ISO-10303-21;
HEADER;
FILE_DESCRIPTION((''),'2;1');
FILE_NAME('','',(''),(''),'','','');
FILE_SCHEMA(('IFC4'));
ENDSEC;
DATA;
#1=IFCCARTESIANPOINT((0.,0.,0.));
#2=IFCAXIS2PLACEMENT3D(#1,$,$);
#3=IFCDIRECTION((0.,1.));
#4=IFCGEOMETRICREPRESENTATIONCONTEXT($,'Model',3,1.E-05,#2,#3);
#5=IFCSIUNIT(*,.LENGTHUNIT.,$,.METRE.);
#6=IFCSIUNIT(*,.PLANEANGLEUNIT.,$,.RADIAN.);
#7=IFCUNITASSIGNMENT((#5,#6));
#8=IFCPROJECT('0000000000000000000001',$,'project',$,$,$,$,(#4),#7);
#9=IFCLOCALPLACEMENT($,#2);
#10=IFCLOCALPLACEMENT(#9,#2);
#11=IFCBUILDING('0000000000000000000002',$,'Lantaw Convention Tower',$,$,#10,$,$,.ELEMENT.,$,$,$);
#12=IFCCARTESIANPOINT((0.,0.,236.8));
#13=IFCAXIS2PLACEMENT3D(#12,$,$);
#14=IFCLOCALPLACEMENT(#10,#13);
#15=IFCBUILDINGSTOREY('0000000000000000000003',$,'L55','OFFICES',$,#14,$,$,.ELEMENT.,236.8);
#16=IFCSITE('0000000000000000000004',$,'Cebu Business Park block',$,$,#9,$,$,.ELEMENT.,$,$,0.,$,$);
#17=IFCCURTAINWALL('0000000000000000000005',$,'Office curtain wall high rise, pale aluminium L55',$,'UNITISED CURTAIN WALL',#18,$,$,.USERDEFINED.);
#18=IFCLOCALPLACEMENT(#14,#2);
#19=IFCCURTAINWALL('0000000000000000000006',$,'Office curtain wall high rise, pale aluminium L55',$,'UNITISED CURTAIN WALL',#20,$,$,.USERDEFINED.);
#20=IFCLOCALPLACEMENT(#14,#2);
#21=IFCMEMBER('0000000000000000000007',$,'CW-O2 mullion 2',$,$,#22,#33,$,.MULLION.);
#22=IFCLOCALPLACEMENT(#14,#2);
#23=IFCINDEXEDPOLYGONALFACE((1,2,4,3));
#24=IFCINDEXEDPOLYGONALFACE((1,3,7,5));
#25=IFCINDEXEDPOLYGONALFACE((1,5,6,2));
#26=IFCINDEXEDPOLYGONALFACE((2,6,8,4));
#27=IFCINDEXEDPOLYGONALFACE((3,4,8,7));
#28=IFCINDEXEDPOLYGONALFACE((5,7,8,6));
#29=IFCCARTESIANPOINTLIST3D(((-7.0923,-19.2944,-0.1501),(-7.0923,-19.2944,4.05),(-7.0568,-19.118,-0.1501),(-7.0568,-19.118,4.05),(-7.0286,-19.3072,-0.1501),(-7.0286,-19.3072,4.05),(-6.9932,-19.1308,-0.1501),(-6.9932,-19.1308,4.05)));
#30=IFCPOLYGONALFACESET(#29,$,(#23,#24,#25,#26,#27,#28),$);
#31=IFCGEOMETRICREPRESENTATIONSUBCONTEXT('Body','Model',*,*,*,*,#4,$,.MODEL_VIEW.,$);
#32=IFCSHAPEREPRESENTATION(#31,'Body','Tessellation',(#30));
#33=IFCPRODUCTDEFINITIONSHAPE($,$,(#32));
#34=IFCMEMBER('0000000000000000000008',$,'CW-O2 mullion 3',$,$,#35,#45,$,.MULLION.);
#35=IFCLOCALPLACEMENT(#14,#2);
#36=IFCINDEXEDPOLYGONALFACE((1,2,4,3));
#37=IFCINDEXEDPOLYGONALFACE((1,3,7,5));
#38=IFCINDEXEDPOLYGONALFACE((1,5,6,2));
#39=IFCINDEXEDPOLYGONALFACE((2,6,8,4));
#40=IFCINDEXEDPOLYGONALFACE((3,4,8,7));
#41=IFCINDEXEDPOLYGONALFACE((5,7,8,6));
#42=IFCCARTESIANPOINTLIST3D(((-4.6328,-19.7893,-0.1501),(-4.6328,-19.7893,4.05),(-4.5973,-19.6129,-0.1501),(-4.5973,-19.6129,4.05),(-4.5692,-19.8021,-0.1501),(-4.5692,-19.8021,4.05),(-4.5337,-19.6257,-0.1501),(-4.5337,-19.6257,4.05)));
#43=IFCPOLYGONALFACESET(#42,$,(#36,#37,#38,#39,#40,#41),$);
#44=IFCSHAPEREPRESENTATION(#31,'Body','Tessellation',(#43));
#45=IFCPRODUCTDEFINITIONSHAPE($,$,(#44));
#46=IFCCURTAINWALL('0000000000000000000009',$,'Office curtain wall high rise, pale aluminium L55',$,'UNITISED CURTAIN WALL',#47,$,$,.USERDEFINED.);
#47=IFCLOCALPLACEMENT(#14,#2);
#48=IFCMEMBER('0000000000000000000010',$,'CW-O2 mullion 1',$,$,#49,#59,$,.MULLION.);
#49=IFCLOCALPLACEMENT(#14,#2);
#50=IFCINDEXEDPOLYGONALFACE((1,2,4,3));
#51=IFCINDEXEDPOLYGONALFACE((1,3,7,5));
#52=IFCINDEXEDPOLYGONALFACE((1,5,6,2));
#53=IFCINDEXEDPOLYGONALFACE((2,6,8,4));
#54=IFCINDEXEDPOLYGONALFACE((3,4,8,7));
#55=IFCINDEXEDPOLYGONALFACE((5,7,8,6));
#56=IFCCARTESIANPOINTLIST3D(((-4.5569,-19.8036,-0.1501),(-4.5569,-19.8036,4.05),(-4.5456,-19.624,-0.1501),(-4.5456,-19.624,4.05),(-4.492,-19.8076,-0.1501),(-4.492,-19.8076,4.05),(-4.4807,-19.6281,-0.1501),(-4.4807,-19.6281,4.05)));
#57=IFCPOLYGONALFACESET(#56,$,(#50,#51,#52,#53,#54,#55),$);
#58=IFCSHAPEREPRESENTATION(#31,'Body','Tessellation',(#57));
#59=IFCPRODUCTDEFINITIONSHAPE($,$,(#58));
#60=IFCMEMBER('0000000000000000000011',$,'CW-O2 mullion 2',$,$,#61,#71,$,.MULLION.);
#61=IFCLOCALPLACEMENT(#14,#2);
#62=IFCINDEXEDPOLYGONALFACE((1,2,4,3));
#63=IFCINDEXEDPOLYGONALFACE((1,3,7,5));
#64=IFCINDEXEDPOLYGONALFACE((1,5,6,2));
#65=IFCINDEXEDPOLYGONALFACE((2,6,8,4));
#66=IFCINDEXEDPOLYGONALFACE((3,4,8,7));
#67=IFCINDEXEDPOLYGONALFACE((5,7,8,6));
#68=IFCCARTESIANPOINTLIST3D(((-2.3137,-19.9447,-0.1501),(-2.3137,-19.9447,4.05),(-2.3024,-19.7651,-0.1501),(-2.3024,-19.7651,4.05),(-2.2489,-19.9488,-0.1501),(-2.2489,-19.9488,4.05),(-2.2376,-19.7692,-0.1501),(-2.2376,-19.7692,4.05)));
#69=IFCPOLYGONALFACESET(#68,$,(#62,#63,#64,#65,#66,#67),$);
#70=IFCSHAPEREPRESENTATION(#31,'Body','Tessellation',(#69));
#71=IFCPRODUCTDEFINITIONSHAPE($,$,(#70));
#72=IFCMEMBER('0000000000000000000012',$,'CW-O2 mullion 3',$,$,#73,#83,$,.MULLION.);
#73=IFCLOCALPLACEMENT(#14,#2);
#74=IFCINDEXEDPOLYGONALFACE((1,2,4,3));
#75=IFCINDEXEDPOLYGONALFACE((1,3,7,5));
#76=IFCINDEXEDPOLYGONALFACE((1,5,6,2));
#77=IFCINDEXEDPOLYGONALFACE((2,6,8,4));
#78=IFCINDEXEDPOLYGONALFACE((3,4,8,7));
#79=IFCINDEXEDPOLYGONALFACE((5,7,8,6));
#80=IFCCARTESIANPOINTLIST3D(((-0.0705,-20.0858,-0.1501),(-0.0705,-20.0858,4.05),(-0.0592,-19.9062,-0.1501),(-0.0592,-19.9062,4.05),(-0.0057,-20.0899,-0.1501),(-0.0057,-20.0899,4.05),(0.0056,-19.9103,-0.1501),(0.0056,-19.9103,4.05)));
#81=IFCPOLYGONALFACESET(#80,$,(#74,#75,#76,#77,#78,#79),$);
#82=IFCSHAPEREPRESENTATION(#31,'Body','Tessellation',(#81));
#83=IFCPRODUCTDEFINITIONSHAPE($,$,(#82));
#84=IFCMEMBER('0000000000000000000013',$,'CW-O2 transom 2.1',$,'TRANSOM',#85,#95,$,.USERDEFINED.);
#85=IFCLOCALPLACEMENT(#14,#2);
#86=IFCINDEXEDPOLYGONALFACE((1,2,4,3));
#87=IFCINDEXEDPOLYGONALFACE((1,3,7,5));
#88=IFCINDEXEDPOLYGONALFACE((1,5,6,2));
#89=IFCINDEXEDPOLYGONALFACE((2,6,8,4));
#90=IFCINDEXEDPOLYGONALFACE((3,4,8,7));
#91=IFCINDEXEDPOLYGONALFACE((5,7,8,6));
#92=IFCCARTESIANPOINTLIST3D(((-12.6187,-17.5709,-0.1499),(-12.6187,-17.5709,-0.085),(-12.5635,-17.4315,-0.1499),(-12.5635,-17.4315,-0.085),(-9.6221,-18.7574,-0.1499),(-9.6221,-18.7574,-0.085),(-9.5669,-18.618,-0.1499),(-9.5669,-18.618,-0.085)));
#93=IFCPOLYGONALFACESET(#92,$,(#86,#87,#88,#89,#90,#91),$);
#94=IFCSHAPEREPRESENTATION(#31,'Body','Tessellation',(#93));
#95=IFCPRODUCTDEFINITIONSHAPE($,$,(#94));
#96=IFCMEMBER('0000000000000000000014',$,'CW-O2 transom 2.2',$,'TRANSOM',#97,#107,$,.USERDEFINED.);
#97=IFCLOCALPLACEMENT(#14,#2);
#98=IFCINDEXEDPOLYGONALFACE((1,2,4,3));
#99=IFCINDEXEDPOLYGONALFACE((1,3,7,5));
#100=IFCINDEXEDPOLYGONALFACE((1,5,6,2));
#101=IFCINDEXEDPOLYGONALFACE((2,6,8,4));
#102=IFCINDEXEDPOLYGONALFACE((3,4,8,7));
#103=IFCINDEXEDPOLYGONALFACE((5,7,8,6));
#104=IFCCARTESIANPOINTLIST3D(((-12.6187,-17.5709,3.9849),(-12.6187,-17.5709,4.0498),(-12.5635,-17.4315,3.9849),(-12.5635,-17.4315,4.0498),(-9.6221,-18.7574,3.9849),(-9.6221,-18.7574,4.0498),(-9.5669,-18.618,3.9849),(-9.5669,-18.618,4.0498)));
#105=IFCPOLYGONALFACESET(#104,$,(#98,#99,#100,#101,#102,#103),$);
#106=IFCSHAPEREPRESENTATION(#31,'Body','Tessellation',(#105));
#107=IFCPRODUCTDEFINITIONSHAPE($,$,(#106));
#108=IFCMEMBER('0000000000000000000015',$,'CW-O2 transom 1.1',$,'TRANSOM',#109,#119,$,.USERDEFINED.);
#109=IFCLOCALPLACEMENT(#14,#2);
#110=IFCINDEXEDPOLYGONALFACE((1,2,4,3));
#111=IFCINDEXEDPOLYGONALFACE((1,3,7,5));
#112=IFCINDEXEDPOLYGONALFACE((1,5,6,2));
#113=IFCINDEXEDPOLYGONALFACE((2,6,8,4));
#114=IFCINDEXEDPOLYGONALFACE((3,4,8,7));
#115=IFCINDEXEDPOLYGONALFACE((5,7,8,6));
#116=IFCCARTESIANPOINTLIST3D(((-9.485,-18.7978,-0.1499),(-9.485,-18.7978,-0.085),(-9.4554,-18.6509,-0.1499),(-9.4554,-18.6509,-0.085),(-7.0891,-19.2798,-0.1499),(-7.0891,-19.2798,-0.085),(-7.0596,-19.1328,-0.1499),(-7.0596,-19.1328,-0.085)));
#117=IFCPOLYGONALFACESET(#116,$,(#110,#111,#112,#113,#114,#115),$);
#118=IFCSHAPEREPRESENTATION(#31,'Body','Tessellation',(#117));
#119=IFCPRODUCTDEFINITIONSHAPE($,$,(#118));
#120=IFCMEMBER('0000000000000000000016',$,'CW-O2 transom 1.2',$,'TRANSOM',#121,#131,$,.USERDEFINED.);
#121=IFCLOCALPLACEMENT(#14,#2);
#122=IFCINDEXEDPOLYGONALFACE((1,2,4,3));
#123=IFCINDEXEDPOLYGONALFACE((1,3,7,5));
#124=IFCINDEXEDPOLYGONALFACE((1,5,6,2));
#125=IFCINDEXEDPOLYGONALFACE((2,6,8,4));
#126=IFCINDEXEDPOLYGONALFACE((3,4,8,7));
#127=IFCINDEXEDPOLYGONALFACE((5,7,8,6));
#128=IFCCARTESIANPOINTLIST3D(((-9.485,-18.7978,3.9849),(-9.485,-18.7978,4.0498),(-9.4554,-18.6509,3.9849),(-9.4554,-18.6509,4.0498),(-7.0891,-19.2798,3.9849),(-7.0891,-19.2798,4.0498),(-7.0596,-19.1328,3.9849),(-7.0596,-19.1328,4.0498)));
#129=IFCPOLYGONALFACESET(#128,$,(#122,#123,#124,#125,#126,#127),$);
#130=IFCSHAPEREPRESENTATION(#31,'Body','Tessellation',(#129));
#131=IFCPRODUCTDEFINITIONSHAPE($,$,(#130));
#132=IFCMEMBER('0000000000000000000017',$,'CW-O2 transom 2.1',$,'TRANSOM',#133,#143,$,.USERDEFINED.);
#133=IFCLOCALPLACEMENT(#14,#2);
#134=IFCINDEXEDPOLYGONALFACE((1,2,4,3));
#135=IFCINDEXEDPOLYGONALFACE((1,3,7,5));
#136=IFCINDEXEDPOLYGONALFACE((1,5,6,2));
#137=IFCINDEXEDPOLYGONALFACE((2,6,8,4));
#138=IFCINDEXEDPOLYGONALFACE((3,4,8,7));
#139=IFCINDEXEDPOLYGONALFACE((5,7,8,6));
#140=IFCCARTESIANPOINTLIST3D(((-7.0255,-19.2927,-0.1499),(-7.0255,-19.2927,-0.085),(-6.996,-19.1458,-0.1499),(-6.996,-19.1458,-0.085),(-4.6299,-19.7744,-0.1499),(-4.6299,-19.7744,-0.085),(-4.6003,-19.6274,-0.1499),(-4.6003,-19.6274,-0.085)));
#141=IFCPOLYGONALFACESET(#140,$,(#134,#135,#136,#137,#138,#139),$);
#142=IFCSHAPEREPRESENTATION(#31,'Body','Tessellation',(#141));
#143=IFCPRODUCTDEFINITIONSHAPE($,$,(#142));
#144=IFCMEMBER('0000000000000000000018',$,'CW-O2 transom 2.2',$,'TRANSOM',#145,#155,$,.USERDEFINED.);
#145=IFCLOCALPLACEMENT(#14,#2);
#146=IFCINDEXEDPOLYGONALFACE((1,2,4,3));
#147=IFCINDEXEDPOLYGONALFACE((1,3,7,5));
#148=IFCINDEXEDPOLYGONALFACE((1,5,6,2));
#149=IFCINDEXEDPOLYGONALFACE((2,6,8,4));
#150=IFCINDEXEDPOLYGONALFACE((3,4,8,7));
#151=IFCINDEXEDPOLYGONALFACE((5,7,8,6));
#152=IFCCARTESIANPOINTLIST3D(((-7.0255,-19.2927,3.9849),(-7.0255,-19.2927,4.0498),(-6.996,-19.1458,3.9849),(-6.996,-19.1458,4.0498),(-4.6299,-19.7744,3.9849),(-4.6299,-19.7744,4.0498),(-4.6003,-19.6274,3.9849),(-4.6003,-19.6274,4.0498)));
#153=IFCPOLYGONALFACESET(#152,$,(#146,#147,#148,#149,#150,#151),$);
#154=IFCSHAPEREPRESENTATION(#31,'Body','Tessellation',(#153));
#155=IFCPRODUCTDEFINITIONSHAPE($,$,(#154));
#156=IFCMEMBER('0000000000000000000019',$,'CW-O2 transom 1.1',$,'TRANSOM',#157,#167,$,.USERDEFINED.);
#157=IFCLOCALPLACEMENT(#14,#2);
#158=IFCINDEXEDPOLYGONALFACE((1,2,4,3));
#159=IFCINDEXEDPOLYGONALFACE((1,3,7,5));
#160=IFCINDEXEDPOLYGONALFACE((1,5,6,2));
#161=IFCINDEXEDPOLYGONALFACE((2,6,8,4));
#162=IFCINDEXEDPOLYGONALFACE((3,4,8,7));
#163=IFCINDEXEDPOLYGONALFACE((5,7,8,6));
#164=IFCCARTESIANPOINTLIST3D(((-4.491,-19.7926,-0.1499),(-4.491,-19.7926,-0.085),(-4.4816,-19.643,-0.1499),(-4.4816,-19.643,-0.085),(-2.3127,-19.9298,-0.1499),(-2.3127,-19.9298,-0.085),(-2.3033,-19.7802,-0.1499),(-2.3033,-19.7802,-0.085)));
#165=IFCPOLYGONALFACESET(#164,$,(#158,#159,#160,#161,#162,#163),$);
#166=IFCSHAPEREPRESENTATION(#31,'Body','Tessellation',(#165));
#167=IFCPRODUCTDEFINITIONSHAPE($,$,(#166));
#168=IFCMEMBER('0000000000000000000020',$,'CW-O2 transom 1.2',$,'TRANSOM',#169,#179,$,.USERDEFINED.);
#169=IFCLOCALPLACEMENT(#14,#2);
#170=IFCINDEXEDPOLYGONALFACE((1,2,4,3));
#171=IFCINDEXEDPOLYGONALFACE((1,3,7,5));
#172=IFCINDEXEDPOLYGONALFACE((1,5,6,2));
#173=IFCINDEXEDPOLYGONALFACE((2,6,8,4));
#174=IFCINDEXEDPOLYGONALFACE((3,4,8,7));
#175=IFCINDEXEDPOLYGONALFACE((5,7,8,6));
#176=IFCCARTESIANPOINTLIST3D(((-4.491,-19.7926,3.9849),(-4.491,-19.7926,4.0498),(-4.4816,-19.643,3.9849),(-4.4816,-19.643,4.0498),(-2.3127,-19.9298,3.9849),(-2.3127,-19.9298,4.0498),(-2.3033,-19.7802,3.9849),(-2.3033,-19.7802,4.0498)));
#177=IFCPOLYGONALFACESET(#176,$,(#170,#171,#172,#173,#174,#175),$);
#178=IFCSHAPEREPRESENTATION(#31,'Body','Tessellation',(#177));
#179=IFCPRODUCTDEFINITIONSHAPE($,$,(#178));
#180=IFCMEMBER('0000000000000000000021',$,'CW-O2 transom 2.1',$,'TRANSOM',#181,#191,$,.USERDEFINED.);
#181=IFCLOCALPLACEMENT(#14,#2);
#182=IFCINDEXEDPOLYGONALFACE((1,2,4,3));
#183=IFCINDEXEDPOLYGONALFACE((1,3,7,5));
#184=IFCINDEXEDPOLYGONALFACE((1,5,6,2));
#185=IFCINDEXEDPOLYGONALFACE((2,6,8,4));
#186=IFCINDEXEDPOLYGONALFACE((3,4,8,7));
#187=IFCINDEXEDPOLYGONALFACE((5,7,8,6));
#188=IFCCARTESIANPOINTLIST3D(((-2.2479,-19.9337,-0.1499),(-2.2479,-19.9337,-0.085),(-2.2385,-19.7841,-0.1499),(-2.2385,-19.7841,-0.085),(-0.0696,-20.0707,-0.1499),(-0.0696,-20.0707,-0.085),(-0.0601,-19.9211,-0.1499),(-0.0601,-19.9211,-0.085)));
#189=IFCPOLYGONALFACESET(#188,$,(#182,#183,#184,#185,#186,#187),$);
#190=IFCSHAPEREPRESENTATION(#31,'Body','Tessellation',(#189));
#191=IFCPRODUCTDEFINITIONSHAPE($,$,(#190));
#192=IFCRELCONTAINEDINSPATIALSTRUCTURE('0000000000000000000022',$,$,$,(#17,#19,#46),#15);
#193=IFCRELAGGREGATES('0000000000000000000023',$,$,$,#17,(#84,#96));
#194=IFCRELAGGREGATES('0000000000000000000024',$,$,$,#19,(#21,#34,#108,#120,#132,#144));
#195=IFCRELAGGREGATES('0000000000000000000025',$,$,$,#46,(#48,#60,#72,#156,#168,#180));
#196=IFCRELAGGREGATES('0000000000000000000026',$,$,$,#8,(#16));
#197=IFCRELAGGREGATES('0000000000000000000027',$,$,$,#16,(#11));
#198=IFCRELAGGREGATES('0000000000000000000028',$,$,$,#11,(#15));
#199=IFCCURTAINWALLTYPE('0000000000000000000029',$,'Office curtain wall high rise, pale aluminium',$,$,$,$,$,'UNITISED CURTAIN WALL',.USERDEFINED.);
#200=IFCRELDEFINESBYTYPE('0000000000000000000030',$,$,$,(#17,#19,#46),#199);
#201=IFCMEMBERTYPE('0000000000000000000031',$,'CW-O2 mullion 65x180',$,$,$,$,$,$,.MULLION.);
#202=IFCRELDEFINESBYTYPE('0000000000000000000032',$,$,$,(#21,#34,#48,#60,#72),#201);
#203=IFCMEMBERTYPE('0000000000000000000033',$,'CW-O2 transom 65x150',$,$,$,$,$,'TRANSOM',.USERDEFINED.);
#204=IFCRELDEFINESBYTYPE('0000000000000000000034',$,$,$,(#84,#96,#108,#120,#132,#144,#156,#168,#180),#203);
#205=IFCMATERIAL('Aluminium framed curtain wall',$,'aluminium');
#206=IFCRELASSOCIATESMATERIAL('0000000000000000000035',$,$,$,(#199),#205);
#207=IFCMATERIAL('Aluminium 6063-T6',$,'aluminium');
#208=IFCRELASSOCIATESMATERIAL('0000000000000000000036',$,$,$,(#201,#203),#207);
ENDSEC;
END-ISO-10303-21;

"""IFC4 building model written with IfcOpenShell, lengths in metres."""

from ifc_helpers import new_model, si_unit, direction, frame, origin, origin_2d, place, context, subcontext, project, spatial, rectangle, extrude, material, material_profile, profile_set, type_object, element, aggregate, save


model = new_model("IFC4")

# Units and contexts
model_context = context("Model", 3, precision=1e-05, world=origin(), true_north=direction((0.0, 1.0)))
body_context = subcontext(model_context, "Body", "Model", "MODEL_VIEW")
ifc_project = project(units=[si_unit("LENGTHUNIT", "METRE"), si_unit("PLANEANGLEUNIT", "RADIAN")], contexts=[model_context])

# Site, building, storey
site_placement = place(None, origin())
site = spatial("IfcSite", under=ifc_project, at=site_placement, Name="Cebu Business Park block", CompositionType="ELEMENT", RefElevation=0.0)
building_placement = place(site_placement, origin())
building = spatial("IfcBuilding", under=site, at=building_placement, Name="Lantaw Convention Tower", CompositionType="ELEMENT")
storey_placement = place(building_placement, frame((0.0, 0.0, 236.8)))
storey = spatial("IfcBuildingStorey", under=building, at=storey_placement, Name="L55", Description="OFFICES", CompositionType="ELEMENT", Elevation=236.8)

# Curtain walls, members
ifc_material_1 = material(Name="Aluminium framed curtain wall", Category="aluminium")
curtain_wall_type = type_object("IfcCurtainWallType", Name="Office curtain wall high rise, pale aluminium", ElementType="UNITISED CURTAIN WALL", PredefinedType="USERDEFINED", material=ifc_material_1)
curtain_wall_1_placement = place(storey_placement, origin())
curtain_wall_1 = element("IfcCurtainWall", 1, at=curtain_wall_1_placement, inside=storey, type_object=curtain_wall_type, Name="Office curtain wall high rise, pale aluminium L55", ObjectType="UNITISED CURTAIN WALL", PredefinedType="USERDEFINED")
ifc_material_2 = material(Name="Aluminium 6063-T6", Category="aluminium")
ifc_material_profile_1 = material_profile(ifc_material_2, rectangle(XDim=0.1799, YDim=0.0649, at=origin_2d()), Name="CW-O2 mullion 65x180")
ifc_profile_set_1 = profile_set([ifc_material_profile_1], Name="Aluminium 6063-T6")
member_type_1 = type_object("IfcMemberType", Name="CW-O2 mullion 65x180", PredefinedType="MULLION", material=ifc_profile_set_1)
curtain_wall_2_placement = place(storey_placement, origin())
curtain_wall_2 = element("IfcCurtainWall", 2, at=curtain_wall_2_placement, inside=storey, type_object=curtain_wall_type, Name="Office curtain wall high rise, pale aluminium L55", ObjectType="UNITISED CURTAIN WALL", PredefinedType="USERDEFINED")
member_1_placement = place(storey_placement, frame((-7.0427, -19.2126, -0.1501), z_axis=(0.0, 0.0, 1.0), x_axis=(0.197183, 0.980367, 0.0)))
member_1 = element("IfcMember", 3, at=member_1_placement, type_object=member_type_1, Name="CW-O2 mullion 2", PredefinedType="MULLION", context=body_context, shape_type="SweptSolid", body=[
    extrude(rectangle(XDim=0.1799, YDim=0.0649, at=origin_2d()), origin(), (0.0, 0.0, 1.0), 4.2002),
])
member_2_placement = place(storey_placement, frame((-4.5833, -19.7075, -0.1501), z_axis=(0.0, 0.0, 1.0), x_axis=(0.197183, 0.980367, 0.0)))
member_2 = element("IfcMember", 4, at=member_2_placement, type_object=member_type_1, Name="CW-O2 mullion 3", PredefinedType="MULLION", context=body_context, shape_type="SweptSolid", body=[
    extrude(rectangle(XDim=0.1799, YDim=0.0649, at=origin_2d()), origin(), (0.0, 0.0, 1.0), 4.2002),
])
curtain_wall_3_placement = place(storey_placement, origin())
curtain_wall_3 = element("IfcCurtainWall", 5, at=curtain_wall_3_placement, inside=storey, type_object=curtain_wall_type, Name="Office curtain wall high rise, pale aluminium L55", ObjectType="UNITISED CURTAIN WALL", PredefinedType="USERDEFINED")
member_3_placement = place(storey_placement, frame((-4.5188, -19.7158, -0.1501), z_axis=(0.0, 0.0, 1.0), x_axis=(0.062758, 0.998029, 0.0)))
member_3 = element("IfcMember", 6, at=member_3_placement, type_object=member_type_1, Name="CW-O2 mullion 1", PredefinedType="MULLION", context=body_context, shape_type="SweptSolid", body=[
    extrude(rectangle(XDim=0.1799, YDim=0.0649, at=origin_2d()), origin(), (0.0, 0.0, 1.0), 4.2002),
])
member_4_placement = place(storey_placement, frame((-2.2756, -19.8569, -0.1501), z_axis=(0.0, 0.0, 1.0), x_axis=(0.062758, 0.998029, 0.0)))
member_4 = element("IfcMember", 7, at=member_4_placement, type_object=member_type_1, Name="CW-O2 mullion 2", PredefinedType="MULLION", context=body_context, shape_type="SweptSolid", body=[
    extrude(rectangle(XDim=0.1799, YDim=0.0649, at=origin_2d()), origin(), (0.0, 0.0, 1.0), 4.2002),
])
member_5_placement = place(storey_placement, frame((-0.0325, -19.998, -0.1501), z_axis=(0.0, 0.0, 1.0), x_axis=(0.062758, 0.998029, 0.0)))
member_5 = element("IfcMember", 8, at=member_5_placement, type_object=member_type_1, Name="CW-O2 mullion 3", PredefinedType="MULLION", context=body_context, shape_type="SweptSolid", body=[
    extrude(rectangle(XDim=0.1799, YDim=0.0649, at=origin_2d()), origin(), (0.0, 0.0, 1.0), 4.2002),
])

# Members
ifc_material_profile_2 = material_profile(ifc_material_2, rectangle(XDim=0.1499, YDim=0.0649, at=origin_2d()), Name="CW-O2 transom 65x150")
ifc_profile_set_2 = profile_set([ifc_material_profile_2], Name="Aluminium 6063-T6")
member_type_2 = type_object("IfcMemberType", Name="CW-O2 transom 65x150", ElementType="TRANSOM", PredefinedType="USERDEFINED", material=ifc_profile_set_2)
member_6_placement = place(storey_placement, frame((-12.5911, -17.5012, -0.1174), z_axis=(0.929767, -0.368149, 0.0), x_axis=(0.368149, 0.929767, 0.0)))
member_6 = element("IfcMember", 9, at=member_6_placement, type_object=member_type_2, Name="CW-O2 transom 2.1", ObjectType="TRANSOM", PredefinedType="USERDEFINED", context=body_context, shape_type="SweptSolid", body=[
    extrude(rectangle(XDim=0.1499, YDim=0.0649, at=origin_2d()), origin(), (0.0, 0.0, 1.0), 3.2229),
])
member_7_placement = place(storey_placement, frame((-12.5911, -17.5012, 4.0173), z_axis=(0.929767, -0.368149, 0.0), x_axis=(0.368149, 0.929767, 0.0)))
member_7 = element("IfcMember", 10, at=member_7_placement, type_object=member_type_2, Name="CW-O2 transom 2.2", ObjectType="TRANSOM", PredefinedType="USERDEFINED", context=body_context, shape_type="SweptSolid", body=[
    extrude(rectangle(XDim=0.1499, YDim=0.0649, at=origin_2d()), origin(), (0.0, 0.0, 1.0), 3.2229),
])
member_8_placement = place(storey_placement, frame((-9.4702, -18.7244, -0.1174), z_axis=(0.980361, -0.197211, 0.0), x_axis=(0.197211, 0.980361, 0.0)))
member_8 = element("IfcMember", 11, at=member_8_placement, type_object=member_type_2, Name="CW-O2 transom 1.1", ObjectType="TRANSOM", PredefinedType="USERDEFINED", context=body_context, shape_type="SweptSolid", body=[
    extrude(rectangle(XDim=0.1499, YDim=0.0649, at=origin_2d()), origin(), (0.0, 0.0, 1.0), 2.4438),
])
member_9_placement = place(storey_placement, frame((-9.4702, -18.7244, 4.0173), z_axis=(0.980361, -0.197211, 0.0), x_axis=(0.197211, 0.980361, 0.0)))
member_9 = element("IfcMember", 12, at=member_9_placement, type_object=member_type_2, Name="CW-O2 transom 1.2", ObjectType="TRANSOM", PredefinedType="USERDEFINED", context=body_context, shape_type="SweptSolid", body=[
    extrude(rectangle(XDim=0.1499, YDim=0.0649, at=origin_2d()), origin(), (0.0, 0.0, 1.0), 2.4438),
])
member_10_placement = place(storey_placement, frame((-7.0107, -19.2192, -0.1174), z_axis=(0.98038, -0.197115, 0.0), x_axis=(0.197115, 0.98038, 0.0)))
member_10 = element("IfcMember", 13, at=member_10_placement, type_object=member_type_2, Name="CW-O2 transom 2.1", ObjectType="TRANSOM", PredefinedType="USERDEFINED", context=body_context, shape_type="SweptSolid", body=[
    extrude(rectangle(XDim=0.1499, YDim=0.0649, at=origin_2d()), origin(), (0.0, 0.0, 1.0), 2.4436),
])
member_11_placement = place(storey_placement, frame((-7.0107, -19.2192, 4.0173), z_axis=(0.98038, -0.197115, 0.0), x_axis=(0.197115, 0.98038, 0.0)))
member_11 = element("IfcMember", 14, at=member_11_placement, type_object=member_type_2, Name="CW-O2 transom 2.2", ObjectType="TRANSOM", PredefinedType="USERDEFINED", context=body_context, shape_type="SweptSolid", body=[
    extrude(rectangle(XDim=0.1499, YDim=0.0649, at=origin_2d()), origin(), (0.0, 0.0, 1.0), 2.4436),
])
member_12_placement = place(storey_placement, frame((-4.4863, -19.7178, -0.1174), z_axis=(0.998022, -0.062866, 0.0), x_axis=(0.062866, 0.998022, 0.0)))
member_12 = element("IfcMember", 15, at=member_12_placement, type_object=member_type_2, Name="CW-O2 transom 1.1", ObjectType="TRANSOM", PredefinedType="USERDEFINED", context=body_context, shape_type="SweptSolid", body=[
    extrude(rectangle(XDim=0.1499, YDim=0.0649, at=origin_2d()), origin(), (0.0, 0.0, 1.0), 2.1826),
])
member_13_placement = place(storey_placement, frame((-4.4863, -19.7178, 4.0173), z_axis=(0.998022, -0.062866, 0.0), x_axis=(0.062866, 0.998022, 0.0)))
member_13 = element("IfcMember", 16, at=member_13_placement, type_object=member_type_2, Name="CW-O2 transom 1.2", ObjectType="TRANSOM", PredefinedType="USERDEFINED", context=body_context, shape_type="SweptSolid", body=[
    extrude(rectangle(XDim=0.1499, YDim=0.0649, at=origin_2d()), origin(), (0.0, 0.0, 1.0), 2.1826),
])
member_14_placement = place(storey_placement, frame((-2.2432, -19.8589, -0.1174), z_axis=(0.998029, -0.062754, 0.0), x_axis=(0.062754, 0.998029, 0.0)))
member_14 = element("IfcMember", 17, at=member_14_placement, type_object=member_type_2, Name="CW-O2 transom 2.1", ObjectType="TRANSOM", PredefinedType="USERDEFINED", context=body_context, shape_type="SweptSolid", body=[
    extrude(rectangle(XDim=0.1499, YDim=0.0649, at=origin_2d()), origin(), (0.0, 0.0, 1.0), 2.1826),
])

aggregate(curtain_wall_1, [member_6, member_7])
aggregate(curtain_wall_2, [member_1, member_2, member_8, member_9, member_10, member_11])
aggregate(curtain_wall_3, [member_3, member_4, member_5, member_12, member_13, member_14])

save(model, "model.ifc")
